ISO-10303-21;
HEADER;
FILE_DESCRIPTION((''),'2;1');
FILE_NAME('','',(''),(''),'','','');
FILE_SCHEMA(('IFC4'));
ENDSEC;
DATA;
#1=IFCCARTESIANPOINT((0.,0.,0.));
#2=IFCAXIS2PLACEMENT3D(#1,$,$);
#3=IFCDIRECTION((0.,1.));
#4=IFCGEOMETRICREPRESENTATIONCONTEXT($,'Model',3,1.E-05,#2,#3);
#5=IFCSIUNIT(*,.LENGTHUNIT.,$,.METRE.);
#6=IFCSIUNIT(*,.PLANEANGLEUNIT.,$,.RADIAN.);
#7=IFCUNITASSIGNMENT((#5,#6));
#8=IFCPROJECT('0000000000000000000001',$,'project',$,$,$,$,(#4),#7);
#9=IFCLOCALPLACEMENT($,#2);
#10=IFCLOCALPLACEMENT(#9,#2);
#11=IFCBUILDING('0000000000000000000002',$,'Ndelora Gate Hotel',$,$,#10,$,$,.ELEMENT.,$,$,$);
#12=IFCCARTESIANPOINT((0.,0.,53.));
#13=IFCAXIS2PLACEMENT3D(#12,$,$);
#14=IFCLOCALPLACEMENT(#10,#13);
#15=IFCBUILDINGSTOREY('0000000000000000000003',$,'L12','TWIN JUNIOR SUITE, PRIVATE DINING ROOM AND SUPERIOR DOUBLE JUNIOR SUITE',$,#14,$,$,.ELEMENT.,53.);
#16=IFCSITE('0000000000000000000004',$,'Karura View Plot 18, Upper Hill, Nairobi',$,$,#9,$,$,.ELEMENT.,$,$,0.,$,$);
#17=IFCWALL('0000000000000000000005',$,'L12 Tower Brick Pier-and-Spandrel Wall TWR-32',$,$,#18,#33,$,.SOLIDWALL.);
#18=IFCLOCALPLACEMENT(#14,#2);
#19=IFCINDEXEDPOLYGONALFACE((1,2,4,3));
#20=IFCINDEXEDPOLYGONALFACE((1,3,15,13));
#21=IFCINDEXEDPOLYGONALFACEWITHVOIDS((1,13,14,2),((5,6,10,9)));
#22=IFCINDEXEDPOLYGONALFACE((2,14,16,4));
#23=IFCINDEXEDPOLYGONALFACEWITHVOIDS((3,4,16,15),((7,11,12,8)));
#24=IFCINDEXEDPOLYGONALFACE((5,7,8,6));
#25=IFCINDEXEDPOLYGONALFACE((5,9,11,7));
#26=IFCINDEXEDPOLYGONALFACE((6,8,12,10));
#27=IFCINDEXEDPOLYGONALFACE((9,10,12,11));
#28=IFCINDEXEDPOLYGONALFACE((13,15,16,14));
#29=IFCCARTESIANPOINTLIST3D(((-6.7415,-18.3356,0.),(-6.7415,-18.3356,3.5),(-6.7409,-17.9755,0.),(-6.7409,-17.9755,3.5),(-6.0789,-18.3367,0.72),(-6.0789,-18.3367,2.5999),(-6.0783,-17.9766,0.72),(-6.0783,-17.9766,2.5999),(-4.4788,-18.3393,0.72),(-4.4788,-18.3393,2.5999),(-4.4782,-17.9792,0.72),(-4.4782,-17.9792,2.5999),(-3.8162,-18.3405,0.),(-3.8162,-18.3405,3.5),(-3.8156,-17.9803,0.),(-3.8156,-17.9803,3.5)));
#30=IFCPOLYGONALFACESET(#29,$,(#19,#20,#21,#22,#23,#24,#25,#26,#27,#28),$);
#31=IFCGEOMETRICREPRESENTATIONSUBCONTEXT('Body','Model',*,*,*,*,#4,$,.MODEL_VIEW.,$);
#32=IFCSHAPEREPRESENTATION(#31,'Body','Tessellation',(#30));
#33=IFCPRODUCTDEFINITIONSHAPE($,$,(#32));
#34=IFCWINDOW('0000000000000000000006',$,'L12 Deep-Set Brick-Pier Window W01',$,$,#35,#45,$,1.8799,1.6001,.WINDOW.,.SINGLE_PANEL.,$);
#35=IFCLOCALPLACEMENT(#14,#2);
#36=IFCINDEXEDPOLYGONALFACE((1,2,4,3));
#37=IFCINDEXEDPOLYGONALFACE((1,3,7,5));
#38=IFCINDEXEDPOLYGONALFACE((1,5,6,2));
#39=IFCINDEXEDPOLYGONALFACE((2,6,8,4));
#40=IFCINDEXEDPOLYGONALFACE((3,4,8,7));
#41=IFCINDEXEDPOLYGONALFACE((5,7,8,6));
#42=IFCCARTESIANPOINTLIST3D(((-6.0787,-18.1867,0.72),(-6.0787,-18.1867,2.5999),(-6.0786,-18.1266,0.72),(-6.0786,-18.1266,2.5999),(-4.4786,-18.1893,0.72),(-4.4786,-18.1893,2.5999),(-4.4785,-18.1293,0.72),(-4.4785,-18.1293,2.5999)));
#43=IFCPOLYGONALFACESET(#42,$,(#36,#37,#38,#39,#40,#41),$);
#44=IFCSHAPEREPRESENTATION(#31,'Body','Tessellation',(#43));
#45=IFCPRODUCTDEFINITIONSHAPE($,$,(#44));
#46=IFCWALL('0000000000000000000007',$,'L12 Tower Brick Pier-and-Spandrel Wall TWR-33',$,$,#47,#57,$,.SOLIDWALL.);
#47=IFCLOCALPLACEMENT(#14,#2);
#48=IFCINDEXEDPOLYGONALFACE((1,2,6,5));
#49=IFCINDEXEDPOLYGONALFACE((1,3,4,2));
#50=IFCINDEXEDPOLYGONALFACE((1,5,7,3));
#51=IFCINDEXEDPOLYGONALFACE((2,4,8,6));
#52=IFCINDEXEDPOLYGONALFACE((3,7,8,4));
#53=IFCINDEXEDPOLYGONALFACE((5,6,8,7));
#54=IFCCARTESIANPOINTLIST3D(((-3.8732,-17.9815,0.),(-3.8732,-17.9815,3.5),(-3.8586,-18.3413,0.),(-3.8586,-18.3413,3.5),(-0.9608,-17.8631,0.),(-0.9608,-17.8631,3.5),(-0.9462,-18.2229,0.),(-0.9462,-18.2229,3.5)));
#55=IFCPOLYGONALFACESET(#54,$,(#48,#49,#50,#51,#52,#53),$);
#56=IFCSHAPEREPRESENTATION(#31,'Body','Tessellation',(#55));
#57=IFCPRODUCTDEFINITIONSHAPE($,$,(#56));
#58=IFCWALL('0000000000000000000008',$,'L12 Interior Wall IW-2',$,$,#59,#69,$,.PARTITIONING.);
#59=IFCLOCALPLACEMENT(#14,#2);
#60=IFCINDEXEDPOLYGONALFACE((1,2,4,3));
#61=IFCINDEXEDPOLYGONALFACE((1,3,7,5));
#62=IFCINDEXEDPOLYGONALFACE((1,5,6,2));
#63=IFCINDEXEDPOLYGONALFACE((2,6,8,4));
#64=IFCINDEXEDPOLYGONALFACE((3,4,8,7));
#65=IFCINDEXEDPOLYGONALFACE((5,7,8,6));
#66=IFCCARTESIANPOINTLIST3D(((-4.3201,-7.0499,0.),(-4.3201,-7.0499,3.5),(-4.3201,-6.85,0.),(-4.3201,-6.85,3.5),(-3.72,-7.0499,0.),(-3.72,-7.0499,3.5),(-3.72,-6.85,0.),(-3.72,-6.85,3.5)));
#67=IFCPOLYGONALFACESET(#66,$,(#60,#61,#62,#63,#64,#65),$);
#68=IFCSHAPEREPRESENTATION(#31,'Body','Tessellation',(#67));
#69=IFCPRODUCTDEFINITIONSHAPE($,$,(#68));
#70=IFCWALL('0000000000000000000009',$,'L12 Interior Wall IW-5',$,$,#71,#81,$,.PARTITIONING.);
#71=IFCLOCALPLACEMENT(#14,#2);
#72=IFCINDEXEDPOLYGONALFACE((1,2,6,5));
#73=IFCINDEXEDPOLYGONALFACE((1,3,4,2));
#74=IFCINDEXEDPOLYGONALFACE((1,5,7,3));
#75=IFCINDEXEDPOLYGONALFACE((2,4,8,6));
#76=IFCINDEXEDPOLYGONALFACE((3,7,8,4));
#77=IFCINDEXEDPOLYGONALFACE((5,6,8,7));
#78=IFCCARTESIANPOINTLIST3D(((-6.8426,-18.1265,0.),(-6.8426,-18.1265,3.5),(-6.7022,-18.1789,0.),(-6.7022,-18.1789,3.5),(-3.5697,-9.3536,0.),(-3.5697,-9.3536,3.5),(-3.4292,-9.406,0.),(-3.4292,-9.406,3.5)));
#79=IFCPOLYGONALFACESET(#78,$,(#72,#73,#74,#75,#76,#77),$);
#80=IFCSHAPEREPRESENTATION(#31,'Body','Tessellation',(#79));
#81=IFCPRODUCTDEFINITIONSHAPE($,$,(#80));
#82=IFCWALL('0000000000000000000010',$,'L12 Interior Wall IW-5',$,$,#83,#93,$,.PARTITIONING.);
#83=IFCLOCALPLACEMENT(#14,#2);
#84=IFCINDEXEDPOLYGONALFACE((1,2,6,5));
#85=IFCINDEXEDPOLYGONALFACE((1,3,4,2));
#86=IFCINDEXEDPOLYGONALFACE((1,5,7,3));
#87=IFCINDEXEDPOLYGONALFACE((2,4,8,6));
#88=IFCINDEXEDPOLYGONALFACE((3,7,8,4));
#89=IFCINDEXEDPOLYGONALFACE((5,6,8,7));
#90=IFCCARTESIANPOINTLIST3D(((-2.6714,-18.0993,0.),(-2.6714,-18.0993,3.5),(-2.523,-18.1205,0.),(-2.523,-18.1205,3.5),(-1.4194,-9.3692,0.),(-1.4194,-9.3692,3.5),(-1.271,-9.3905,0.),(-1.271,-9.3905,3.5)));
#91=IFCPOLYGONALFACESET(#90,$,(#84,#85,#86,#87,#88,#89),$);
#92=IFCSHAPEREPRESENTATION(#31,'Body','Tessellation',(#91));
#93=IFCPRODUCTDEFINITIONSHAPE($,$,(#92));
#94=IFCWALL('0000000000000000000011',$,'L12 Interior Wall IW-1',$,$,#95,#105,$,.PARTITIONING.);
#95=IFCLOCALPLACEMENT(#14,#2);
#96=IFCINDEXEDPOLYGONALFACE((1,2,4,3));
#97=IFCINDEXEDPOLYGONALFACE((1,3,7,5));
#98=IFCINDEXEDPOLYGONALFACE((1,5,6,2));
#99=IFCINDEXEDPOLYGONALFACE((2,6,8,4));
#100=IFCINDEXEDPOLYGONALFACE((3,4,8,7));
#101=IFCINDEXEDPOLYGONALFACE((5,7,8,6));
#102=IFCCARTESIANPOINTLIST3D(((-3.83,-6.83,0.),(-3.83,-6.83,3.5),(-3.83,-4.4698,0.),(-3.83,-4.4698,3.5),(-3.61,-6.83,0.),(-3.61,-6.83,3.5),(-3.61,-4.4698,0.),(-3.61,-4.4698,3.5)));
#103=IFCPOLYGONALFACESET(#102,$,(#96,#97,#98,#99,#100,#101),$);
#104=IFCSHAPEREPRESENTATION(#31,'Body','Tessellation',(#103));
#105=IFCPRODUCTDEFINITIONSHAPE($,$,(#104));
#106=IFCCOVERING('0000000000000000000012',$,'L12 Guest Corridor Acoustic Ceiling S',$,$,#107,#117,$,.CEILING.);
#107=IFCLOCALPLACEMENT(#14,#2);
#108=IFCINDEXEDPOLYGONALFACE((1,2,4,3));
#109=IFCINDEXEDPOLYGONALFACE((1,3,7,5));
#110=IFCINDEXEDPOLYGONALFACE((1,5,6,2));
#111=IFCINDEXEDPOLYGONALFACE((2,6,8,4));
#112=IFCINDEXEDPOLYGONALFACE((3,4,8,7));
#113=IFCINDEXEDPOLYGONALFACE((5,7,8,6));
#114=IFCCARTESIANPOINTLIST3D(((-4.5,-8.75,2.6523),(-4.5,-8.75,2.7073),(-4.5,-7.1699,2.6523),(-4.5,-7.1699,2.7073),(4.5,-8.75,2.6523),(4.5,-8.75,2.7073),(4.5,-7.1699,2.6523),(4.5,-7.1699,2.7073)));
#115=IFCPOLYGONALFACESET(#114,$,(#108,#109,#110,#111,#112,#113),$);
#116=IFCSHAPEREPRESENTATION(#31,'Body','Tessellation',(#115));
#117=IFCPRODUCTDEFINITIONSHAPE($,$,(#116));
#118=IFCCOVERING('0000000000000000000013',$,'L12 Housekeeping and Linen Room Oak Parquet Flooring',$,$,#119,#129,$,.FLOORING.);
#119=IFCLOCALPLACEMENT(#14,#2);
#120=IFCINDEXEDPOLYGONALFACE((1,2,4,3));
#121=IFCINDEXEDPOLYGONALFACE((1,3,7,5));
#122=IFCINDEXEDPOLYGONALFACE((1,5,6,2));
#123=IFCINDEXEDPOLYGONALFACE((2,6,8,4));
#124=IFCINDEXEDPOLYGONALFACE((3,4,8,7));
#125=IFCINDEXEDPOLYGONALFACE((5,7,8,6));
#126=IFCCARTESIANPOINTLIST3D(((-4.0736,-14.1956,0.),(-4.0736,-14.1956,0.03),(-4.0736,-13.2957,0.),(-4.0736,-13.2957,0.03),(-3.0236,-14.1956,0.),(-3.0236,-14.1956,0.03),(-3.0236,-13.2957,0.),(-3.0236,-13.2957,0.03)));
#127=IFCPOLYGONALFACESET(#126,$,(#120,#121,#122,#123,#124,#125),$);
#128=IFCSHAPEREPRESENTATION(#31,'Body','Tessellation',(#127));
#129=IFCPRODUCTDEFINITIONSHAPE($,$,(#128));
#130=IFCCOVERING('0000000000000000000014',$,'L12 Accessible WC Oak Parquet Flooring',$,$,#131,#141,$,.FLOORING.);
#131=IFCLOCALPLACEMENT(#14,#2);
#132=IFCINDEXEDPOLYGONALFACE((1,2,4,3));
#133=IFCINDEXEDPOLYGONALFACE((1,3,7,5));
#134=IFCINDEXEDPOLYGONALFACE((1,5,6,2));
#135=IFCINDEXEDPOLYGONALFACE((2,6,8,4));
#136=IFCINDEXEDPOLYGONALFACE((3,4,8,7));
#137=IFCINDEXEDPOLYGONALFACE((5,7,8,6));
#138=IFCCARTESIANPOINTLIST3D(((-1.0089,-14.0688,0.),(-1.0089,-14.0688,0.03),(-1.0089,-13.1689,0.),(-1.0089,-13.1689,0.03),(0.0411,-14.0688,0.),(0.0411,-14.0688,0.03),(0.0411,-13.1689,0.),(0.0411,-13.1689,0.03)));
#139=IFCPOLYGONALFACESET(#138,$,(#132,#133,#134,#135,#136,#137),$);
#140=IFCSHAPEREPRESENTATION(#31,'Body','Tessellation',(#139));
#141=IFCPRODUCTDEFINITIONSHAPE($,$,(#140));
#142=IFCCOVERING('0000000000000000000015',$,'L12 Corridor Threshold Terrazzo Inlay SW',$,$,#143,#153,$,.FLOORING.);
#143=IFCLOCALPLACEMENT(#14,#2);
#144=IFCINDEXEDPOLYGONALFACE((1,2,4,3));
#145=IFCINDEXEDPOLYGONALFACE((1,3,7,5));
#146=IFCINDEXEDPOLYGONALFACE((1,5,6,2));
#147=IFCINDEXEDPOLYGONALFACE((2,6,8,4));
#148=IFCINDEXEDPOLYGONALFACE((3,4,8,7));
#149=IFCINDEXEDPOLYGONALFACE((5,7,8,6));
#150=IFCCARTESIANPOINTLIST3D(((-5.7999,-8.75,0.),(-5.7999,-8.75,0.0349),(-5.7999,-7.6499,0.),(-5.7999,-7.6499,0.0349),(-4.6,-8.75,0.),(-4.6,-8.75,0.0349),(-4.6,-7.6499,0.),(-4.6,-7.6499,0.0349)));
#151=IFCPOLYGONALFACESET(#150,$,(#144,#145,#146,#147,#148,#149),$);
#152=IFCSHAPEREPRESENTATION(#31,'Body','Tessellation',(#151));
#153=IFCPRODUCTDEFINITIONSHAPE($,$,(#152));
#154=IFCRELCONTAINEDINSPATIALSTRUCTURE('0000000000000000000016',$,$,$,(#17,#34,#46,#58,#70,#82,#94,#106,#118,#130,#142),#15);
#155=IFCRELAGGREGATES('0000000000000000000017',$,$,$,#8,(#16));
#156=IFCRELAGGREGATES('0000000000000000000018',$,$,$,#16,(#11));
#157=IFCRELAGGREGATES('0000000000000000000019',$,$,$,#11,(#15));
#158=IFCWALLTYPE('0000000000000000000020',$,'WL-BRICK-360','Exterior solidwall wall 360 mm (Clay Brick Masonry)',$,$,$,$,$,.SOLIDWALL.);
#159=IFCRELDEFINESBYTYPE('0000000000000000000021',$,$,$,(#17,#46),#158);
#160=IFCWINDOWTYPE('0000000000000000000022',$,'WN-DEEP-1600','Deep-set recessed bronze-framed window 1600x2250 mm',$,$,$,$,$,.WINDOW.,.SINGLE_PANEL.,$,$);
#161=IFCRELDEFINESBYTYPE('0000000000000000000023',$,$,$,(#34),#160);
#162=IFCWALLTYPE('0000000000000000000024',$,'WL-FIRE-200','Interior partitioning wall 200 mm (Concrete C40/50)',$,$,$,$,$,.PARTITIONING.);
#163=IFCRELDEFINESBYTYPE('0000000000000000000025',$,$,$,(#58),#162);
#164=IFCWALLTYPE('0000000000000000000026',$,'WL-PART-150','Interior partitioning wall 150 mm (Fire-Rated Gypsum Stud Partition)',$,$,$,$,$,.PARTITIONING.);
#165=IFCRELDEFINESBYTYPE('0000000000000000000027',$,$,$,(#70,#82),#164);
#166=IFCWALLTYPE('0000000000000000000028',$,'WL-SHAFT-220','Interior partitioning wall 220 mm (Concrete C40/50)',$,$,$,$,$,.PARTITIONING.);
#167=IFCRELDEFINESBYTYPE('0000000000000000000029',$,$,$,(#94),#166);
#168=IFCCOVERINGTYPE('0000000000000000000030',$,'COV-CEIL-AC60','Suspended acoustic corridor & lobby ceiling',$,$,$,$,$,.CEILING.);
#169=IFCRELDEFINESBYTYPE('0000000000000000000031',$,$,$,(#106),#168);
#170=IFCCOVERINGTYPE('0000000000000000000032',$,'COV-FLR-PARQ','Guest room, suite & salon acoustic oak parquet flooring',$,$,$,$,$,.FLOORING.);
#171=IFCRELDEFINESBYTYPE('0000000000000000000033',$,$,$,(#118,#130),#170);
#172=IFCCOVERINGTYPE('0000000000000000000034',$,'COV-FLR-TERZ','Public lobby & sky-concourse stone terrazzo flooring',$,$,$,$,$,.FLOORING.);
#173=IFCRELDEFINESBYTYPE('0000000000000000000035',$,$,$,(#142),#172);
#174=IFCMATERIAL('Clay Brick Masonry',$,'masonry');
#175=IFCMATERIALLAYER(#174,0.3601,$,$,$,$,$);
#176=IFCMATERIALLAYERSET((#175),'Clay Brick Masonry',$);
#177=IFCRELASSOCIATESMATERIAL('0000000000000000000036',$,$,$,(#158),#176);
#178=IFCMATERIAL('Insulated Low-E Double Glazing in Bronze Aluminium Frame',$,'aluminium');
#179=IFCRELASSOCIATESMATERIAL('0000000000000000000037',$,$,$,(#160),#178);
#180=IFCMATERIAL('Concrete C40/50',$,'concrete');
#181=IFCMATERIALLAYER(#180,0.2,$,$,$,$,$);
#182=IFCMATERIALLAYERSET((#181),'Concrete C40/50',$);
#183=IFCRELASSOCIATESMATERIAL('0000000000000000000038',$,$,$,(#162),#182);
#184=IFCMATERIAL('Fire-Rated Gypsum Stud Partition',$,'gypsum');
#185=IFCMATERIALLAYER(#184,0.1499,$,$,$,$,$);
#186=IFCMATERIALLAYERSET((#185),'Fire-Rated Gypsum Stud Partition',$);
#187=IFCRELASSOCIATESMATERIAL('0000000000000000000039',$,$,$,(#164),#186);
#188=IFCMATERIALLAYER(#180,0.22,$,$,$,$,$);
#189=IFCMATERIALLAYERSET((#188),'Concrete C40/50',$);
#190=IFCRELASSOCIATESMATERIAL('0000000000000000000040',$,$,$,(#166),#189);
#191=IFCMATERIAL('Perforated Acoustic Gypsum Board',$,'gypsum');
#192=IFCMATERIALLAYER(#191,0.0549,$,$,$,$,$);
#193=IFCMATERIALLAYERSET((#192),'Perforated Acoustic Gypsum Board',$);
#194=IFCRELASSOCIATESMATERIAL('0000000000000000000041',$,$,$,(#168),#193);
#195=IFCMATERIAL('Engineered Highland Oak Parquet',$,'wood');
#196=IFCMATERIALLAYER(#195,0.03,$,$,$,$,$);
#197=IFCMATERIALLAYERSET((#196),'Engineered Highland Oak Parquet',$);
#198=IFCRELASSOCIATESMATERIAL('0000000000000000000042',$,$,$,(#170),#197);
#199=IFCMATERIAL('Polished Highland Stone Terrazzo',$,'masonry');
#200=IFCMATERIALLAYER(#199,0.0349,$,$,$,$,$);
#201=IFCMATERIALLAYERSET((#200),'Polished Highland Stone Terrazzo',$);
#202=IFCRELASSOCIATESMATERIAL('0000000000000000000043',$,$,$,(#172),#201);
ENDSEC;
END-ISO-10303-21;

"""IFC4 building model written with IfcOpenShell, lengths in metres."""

from ifc_helpers import new_model, si_unit, direction, frame, frame_2d, origin, origin_2d, place, context, subcontext, project, spatial, rectangle, extrude, material, layer, layer_set, type_object, element, fill, save


model = new_model("IFC4")

# Units and contexts
model_context = context("Model", 3, precision=1e-05, world=origin(), true_north=direction((0.0, 1.0)))
body_context = subcontext(model_context, "Body", "Model", "MODEL_VIEW")
ifc_project = project(units=[si_unit("LENGTHUNIT", "METRE"), si_unit("PLANEANGLEUNIT", "RADIAN")], contexts=[model_context])

# Site, building, storey
site_placement = place(None, origin())
site = spatial("IfcSite", under=ifc_project, at=site_placement, Name="Karura View Plot 18, Upper Hill, Nairobi", CompositionType="ELEMENT", RefElevation=0.0)
building_placement = place(site_placement, origin())
building = spatial("IfcBuilding", under=site, at=building_placement, Name="Ndelora Gate Hotel", CompositionType="ELEMENT")
storey_placement = place(building_placement, frame((0.0, 0.0, 53.0)))
storey = spatial("IfcBuildingStorey", under=building, at=storey_placement, Name="L12", Description="TWIN JUNIOR SUITE, PRIVATE DINING ROOM AND SUPERIOR DOUBLE JUNIOR SUITE", CompositionType="ELEMENT", Elevation=53.0)

# Wall, opening, window
ifc_material_1 = material(Name="Clay Brick Masonry", Category="masonry")
ifc_layer_1 = layer(ifc_material_1, 0.3601)
ifc_layer_set_1 = layer_set([ifc_layer_1], Name="Clay Brick Masonry")
wall_type_1 = type_object("IfcWallType", Name="WL-BRICK-360", Description="Exterior solidwall wall 360 mm (Clay Brick Masonry)", PredefinedType="SOLIDWALL", material=ifc_layer_set_1)
ifc_material_2 = material(Name="Insulated Low-E Double Glazing in Bronze Aluminium Frame", Category="aluminium")
window_type = type_object("IfcWindowType", Name="WN-DEEP-1600", Description="Deep-set recessed bronze-framed window 1600x2250 mm", PartitioningType="SINGLE_PANEL", PredefinedType="WINDOW", material=ifc_material_2)
wall_1_placement = place(storey_placement, frame((-3.8159, -18.1604, 0.0), z_axis=(0.0, 0.0, 1.0), x_axis=(-0.999999, 0.001669, 0.0)))
wall_1 = element("IfcWall", 1, at=wall_1_placement, inside=storey, type_object=wall_type_1, Name="L12 Tower Brick Pier-and-Spandrel Wall TWR-32", PredefinedType="SOLIDWALL", context=body_context, shape_type="SweptSolid", body=[
    extrude(rectangle(XDim=2.9253, YDim=0.3601, at=frame_2d((1.4626, 0.0))), origin(), (0.0, 0.0, 1.0), 3.5),
])
opening_1_placement = place(wall_1_placement, frame((0.6626, 0.0, 0.72)))
opening_1 = element("IfcOpeningElement", 2, at=opening_1_placement, cuts=wall_1, PredefinedType="OPENING", context=body_context, shape_type="SweptSolid", body=[
    extrude(rectangle(XDim=1.6001, YDim=1.8799, at=frame_2d((0.8, 0.9399))), frame((0.0, 0.1899, 0.0), z_axis=(0.0, -1.0, 0.0), x_axis=(1.0, 0.0, 0.0)), (0.0, 0.0, 1.0), 0.3801),
])
window_1_placement = place(opening_1_placement, origin())
window_1 = element("IfcWindow", 3, at=window_1_placement, inside=storey, type_object=window_type, Name="L12 Deep-Set Brick-Pier Window W01", OverallHeight=1.8799, OverallWidth=1.6001, PartitioningType="SINGLE_PANEL", PredefinedType="WINDOW", context=body_context, shape_type="SweptSolid", body=[
    extrude(rectangle(XDim=1.6001, YDim=1.8799, at=frame_2d((0.8, 0.9399))), frame((0.0, 0.03, 0.0), z_axis=(0.0, -1.0, 0.0), x_axis=(1.0, 0.0, 0.0)), (0.0, 0.0, 1.0), 0.0601),
])
fill(opening_1, window_1)

# Walls
wall_2_placement = place(storey_placement, frame((-0.9534, -18.043, 0.0), z_axis=(0.0, 0.0, 1.0), x_axis=(-0.999175, -0.040624, 0.0)))
element("IfcWall", 4, at=wall_2_placement, inside=storey, type_object=wall_type_1, Name="L12 Tower Brick Pier-and-Spandrel Wall TWR-33", PredefinedType="SOLIDWALL", context=body_context, shape_type="SweptSolid", body=[
    extrude(rectangle(XDim=2.9148, YDim=0.3601, at=frame_2d((1.4575, 0.0))), origin(), (0.0, 0.0, 1.0), 3.5),
])
ifc_material_3 = material(Name="Concrete C40/50", Category="concrete")
ifc_layer_2 = layer(ifc_material_3, 0.2)
ifc_layer_set_2 = layer_set([ifc_layer_2], Name="Concrete C40/50")
wall_type_2 = type_object("IfcWallType", Name="WL-FIRE-200", Description="Interior partitioning wall 200 mm (Concrete C40/50)", PredefinedType="PARTITIONING", material=ifc_layer_set_2)
wall_3_placement = place(storey_placement, frame((-4.3201, -6.95, 0.0), z_axis=(0.0, 0.0, 1.0), x_axis=(1.0, 0.0, 0.0)))
element("IfcWall", 5, at=wall_3_placement, inside=storey, type_object=wall_type_2, Name="L12 Interior Wall IW-2", PredefinedType="PARTITIONING", context=body_context, shape_type="SweptSolid", body=[
    extrude(rectangle(XDim=0.6001, YDim=0.2, at=frame_2d((0.3, 0.0))), origin(), (0.0, 0.0, 1.0), 3.5),
])
ifc_material_4 = material(Name="Fire-Rated Gypsum Stud Partition", Category="gypsum")
ifc_layer_3 = layer(ifc_material_4, 0.1499)
ifc_layer_set_3 = layer_set([ifc_layer_3], Name="Fire-Rated Gypsum Stud Partition")
wall_type_3 = type_object("IfcWallType", Name="WL-PART-150", Description="Interior partitioning wall 150 mm (Fire-Rated Gypsum Stud Partition)", PredefinedType="PARTITIONING", material=ifc_layer_set_3)
wall_4_placement = place(storey_placement, frame((-3.4995, -9.3799, 0.0), z_axis=(0.0, 0.0, 1.0), x_axis=(-0.34954, -0.936921, 0.0)))
element("IfcWall", 6, at=wall_4_placement, inside=storey, type_object=wall_type_3, Name="L12 Interior Wall IW-5", PredefinedType="PARTITIONING", context=body_context, shape_type="SweptSolid", body=[
    extrude(rectangle(XDim=9.3635, YDim=0.1499, at=frame_2d((4.6816, 0.0))), origin(), (0.0, 0.0, 1.0), 3.5),
])
wall_5_placement = place(storey_placement, frame((-1.3452, -9.3799, 0.0), z_axis=(0.0, 0.0, 1.0), x_axis=(-0.141956, -0.989873, 0.0)))
element("IfcWall", 7, at=wall_5_placement, inside=storey, type_object=wall_type_3, Name="L12 Interior Wall IW-5", PredefinedType="PARTITIONING", context=body_context, shape_type="SweptSolid", body=[
    extrude(rectangle(XDim=8.8193, YDim=0.1499, at=frame_2d((4.4097, 0.0))), origin(), (0.0, 0.0, 1.0), 3.5),
])

# Shared definitions
ifc_layer_4 = layer(ifc_material_3, 0.22)
ifc_layer_set_4 = layer_set([ifc_layer_4], Name="Concrete C40/50")
wall_type_4 = type_object("IfcWallType", Name="WL-SHAFT-220", Description="Interior partitioning wall 220 mm (Concrete C40/50)", PredefinedType="PARTITIONING", material=ifc_layer_set_4)

# Wall
wall_6_placement = place(storey_placement, frame((-3.72, -6.8301, 0.0), z_axis=(0.0, 0.0, 1.0), x_axis=(0.0, 1.0, 0.0)))
element("IfcWall", 8, at=wall_6_placement, inside=storey, type_object=wall_type_4, Name="L12 Interior Wall IW-1", PredefinedType="PARTITIONING", context=body_context, shape_type="SweptSolid", body=[
    extrude(rectangle(XDim=2.3601, YDim=0.22, at=frame_2d((1.1802, 0.0))), origin(), (0.0, 0.0, 1.0), 3.5),
])

# Coverings
ifc_material_5 = material(Name="Perforated Acoustic Gypsum Board", Category="gypsum")
ifc_layer_5 = layer(ifc_material_5, 0.0549)
ifc_layer_set_5 = layer_set([ifc_layer_5], Name="Perforated Acoustic Gypsum Board")
covering_type_1 = type_object("IfcCoveringType", Name="COV-CEIL-AC60", Description="Suspended acoustic corridor & lobby ceiling", PredefinedType="CEILING", material=ifc_layer_set_5)
covering_1_placement = place(storey_placement, frame((0.0, -7.96, 2.6523), z_axis=(0.0, 0.0, 1.0), x_axis=(1.0, 0.0, 0.0)))
element("IfcCovering", 9, at=covering_1_placement, inside=storey, type_object=covering_type_1, Name="L12 Guest Corridor Acoustic Ceiling S", PredefinedType="CEILING", context=body_context, shape_type="SweptSolid", body=[
    extrude(rectangle(XDim=9.0, YDim=1.5801, at=origin_2d()), origin(), (0.0, 0.0, 1.0), 0.0549),
])
ifc_material_6 = material(Name="Engineered Highland Oak Parquet", Category="wood")
ifc_layer_6 = layer(ifc_material_6, 0.03)
ifc_layer_set_6 = layer_set([ifc_layer_6], Name="Engineered Highland Oak Parquet")
covering_type_2 = type_object("IfcCoveringType", Name="COV-FLR-PARQ", Description="Guest room, suite & salon acoustic oak parquet flooring", PredefinedType="FLOORING", material=ifc_layer_set_6)
for number, where, z_axis, x_axis, name in (
    (10, (-3.5486, -13.7456, 0.0), (0.0, 0.0, 1.0), (1.0, 0.0, 0.0), "L12 Housekeeping and Linen Room Oak Parquet Flooring"),
    (11, (-0.4839, -13.6189, 0.0), (0.0, 0.0, 1.0), (1.0, 0.0, 0.0), "L12 Accessible WC Oak Parquet Flooring"),
):
    element("IfcCovering", number, at=place(storey_placement, frame(where, z_axis=z_axis, x_axis=x_axis)), inside=storey, type_object=covering_type_2, Name=name, PredefinedType="FLOORING", context=body_context, shape_type="SweptSolid", body=[
        extrude(rectangle(XDim=1.05, YDim=0.8999, at=origin_2d()), origin(), (0.0, 0.0, 1.0), 0.03),
    ])
ifc_material_7 = material(Name="Polished Highland Stone Terrazzo", Category="masonry")
ifc_layer_7 = layer(ifc_material_7, 0.0349)
ifc_layer_set_7 = layer_set([ifc_layer_7], Name="Polished Highland Stone Terrazzo")
covering_type_3 = type_object("IfcCoveringType", Name="COV-FLR-TERZ", Description="Public lobby & sky-concourse stone terrazzo flooring", PredefinedType="FLOORING", material=ifc_layer_set_7)
covering_2_placement = place(storey_placement, frame((-5.2, -8.2, 0.0), z_axis=(0.0, 0.0, 1.0), x_axis=(1.0, 0.0, 0.0)))
element("IfcCovering", 12, at=covering_2_placement, inside=storey, type_object=covering_type_3, Name="L12 Corridor Threshold Terrazzo Inlay SW", PredefinedType="FLOORING", context=body_context, shape_type="SweptSolid", body=[
    extrude(rectangle(XDim=1.2, YDim=1.1001, at=origin_2d()), origin(), (0.0, 0.0, 1.0), 0.0349),
])

save(model, "model.ifc")
